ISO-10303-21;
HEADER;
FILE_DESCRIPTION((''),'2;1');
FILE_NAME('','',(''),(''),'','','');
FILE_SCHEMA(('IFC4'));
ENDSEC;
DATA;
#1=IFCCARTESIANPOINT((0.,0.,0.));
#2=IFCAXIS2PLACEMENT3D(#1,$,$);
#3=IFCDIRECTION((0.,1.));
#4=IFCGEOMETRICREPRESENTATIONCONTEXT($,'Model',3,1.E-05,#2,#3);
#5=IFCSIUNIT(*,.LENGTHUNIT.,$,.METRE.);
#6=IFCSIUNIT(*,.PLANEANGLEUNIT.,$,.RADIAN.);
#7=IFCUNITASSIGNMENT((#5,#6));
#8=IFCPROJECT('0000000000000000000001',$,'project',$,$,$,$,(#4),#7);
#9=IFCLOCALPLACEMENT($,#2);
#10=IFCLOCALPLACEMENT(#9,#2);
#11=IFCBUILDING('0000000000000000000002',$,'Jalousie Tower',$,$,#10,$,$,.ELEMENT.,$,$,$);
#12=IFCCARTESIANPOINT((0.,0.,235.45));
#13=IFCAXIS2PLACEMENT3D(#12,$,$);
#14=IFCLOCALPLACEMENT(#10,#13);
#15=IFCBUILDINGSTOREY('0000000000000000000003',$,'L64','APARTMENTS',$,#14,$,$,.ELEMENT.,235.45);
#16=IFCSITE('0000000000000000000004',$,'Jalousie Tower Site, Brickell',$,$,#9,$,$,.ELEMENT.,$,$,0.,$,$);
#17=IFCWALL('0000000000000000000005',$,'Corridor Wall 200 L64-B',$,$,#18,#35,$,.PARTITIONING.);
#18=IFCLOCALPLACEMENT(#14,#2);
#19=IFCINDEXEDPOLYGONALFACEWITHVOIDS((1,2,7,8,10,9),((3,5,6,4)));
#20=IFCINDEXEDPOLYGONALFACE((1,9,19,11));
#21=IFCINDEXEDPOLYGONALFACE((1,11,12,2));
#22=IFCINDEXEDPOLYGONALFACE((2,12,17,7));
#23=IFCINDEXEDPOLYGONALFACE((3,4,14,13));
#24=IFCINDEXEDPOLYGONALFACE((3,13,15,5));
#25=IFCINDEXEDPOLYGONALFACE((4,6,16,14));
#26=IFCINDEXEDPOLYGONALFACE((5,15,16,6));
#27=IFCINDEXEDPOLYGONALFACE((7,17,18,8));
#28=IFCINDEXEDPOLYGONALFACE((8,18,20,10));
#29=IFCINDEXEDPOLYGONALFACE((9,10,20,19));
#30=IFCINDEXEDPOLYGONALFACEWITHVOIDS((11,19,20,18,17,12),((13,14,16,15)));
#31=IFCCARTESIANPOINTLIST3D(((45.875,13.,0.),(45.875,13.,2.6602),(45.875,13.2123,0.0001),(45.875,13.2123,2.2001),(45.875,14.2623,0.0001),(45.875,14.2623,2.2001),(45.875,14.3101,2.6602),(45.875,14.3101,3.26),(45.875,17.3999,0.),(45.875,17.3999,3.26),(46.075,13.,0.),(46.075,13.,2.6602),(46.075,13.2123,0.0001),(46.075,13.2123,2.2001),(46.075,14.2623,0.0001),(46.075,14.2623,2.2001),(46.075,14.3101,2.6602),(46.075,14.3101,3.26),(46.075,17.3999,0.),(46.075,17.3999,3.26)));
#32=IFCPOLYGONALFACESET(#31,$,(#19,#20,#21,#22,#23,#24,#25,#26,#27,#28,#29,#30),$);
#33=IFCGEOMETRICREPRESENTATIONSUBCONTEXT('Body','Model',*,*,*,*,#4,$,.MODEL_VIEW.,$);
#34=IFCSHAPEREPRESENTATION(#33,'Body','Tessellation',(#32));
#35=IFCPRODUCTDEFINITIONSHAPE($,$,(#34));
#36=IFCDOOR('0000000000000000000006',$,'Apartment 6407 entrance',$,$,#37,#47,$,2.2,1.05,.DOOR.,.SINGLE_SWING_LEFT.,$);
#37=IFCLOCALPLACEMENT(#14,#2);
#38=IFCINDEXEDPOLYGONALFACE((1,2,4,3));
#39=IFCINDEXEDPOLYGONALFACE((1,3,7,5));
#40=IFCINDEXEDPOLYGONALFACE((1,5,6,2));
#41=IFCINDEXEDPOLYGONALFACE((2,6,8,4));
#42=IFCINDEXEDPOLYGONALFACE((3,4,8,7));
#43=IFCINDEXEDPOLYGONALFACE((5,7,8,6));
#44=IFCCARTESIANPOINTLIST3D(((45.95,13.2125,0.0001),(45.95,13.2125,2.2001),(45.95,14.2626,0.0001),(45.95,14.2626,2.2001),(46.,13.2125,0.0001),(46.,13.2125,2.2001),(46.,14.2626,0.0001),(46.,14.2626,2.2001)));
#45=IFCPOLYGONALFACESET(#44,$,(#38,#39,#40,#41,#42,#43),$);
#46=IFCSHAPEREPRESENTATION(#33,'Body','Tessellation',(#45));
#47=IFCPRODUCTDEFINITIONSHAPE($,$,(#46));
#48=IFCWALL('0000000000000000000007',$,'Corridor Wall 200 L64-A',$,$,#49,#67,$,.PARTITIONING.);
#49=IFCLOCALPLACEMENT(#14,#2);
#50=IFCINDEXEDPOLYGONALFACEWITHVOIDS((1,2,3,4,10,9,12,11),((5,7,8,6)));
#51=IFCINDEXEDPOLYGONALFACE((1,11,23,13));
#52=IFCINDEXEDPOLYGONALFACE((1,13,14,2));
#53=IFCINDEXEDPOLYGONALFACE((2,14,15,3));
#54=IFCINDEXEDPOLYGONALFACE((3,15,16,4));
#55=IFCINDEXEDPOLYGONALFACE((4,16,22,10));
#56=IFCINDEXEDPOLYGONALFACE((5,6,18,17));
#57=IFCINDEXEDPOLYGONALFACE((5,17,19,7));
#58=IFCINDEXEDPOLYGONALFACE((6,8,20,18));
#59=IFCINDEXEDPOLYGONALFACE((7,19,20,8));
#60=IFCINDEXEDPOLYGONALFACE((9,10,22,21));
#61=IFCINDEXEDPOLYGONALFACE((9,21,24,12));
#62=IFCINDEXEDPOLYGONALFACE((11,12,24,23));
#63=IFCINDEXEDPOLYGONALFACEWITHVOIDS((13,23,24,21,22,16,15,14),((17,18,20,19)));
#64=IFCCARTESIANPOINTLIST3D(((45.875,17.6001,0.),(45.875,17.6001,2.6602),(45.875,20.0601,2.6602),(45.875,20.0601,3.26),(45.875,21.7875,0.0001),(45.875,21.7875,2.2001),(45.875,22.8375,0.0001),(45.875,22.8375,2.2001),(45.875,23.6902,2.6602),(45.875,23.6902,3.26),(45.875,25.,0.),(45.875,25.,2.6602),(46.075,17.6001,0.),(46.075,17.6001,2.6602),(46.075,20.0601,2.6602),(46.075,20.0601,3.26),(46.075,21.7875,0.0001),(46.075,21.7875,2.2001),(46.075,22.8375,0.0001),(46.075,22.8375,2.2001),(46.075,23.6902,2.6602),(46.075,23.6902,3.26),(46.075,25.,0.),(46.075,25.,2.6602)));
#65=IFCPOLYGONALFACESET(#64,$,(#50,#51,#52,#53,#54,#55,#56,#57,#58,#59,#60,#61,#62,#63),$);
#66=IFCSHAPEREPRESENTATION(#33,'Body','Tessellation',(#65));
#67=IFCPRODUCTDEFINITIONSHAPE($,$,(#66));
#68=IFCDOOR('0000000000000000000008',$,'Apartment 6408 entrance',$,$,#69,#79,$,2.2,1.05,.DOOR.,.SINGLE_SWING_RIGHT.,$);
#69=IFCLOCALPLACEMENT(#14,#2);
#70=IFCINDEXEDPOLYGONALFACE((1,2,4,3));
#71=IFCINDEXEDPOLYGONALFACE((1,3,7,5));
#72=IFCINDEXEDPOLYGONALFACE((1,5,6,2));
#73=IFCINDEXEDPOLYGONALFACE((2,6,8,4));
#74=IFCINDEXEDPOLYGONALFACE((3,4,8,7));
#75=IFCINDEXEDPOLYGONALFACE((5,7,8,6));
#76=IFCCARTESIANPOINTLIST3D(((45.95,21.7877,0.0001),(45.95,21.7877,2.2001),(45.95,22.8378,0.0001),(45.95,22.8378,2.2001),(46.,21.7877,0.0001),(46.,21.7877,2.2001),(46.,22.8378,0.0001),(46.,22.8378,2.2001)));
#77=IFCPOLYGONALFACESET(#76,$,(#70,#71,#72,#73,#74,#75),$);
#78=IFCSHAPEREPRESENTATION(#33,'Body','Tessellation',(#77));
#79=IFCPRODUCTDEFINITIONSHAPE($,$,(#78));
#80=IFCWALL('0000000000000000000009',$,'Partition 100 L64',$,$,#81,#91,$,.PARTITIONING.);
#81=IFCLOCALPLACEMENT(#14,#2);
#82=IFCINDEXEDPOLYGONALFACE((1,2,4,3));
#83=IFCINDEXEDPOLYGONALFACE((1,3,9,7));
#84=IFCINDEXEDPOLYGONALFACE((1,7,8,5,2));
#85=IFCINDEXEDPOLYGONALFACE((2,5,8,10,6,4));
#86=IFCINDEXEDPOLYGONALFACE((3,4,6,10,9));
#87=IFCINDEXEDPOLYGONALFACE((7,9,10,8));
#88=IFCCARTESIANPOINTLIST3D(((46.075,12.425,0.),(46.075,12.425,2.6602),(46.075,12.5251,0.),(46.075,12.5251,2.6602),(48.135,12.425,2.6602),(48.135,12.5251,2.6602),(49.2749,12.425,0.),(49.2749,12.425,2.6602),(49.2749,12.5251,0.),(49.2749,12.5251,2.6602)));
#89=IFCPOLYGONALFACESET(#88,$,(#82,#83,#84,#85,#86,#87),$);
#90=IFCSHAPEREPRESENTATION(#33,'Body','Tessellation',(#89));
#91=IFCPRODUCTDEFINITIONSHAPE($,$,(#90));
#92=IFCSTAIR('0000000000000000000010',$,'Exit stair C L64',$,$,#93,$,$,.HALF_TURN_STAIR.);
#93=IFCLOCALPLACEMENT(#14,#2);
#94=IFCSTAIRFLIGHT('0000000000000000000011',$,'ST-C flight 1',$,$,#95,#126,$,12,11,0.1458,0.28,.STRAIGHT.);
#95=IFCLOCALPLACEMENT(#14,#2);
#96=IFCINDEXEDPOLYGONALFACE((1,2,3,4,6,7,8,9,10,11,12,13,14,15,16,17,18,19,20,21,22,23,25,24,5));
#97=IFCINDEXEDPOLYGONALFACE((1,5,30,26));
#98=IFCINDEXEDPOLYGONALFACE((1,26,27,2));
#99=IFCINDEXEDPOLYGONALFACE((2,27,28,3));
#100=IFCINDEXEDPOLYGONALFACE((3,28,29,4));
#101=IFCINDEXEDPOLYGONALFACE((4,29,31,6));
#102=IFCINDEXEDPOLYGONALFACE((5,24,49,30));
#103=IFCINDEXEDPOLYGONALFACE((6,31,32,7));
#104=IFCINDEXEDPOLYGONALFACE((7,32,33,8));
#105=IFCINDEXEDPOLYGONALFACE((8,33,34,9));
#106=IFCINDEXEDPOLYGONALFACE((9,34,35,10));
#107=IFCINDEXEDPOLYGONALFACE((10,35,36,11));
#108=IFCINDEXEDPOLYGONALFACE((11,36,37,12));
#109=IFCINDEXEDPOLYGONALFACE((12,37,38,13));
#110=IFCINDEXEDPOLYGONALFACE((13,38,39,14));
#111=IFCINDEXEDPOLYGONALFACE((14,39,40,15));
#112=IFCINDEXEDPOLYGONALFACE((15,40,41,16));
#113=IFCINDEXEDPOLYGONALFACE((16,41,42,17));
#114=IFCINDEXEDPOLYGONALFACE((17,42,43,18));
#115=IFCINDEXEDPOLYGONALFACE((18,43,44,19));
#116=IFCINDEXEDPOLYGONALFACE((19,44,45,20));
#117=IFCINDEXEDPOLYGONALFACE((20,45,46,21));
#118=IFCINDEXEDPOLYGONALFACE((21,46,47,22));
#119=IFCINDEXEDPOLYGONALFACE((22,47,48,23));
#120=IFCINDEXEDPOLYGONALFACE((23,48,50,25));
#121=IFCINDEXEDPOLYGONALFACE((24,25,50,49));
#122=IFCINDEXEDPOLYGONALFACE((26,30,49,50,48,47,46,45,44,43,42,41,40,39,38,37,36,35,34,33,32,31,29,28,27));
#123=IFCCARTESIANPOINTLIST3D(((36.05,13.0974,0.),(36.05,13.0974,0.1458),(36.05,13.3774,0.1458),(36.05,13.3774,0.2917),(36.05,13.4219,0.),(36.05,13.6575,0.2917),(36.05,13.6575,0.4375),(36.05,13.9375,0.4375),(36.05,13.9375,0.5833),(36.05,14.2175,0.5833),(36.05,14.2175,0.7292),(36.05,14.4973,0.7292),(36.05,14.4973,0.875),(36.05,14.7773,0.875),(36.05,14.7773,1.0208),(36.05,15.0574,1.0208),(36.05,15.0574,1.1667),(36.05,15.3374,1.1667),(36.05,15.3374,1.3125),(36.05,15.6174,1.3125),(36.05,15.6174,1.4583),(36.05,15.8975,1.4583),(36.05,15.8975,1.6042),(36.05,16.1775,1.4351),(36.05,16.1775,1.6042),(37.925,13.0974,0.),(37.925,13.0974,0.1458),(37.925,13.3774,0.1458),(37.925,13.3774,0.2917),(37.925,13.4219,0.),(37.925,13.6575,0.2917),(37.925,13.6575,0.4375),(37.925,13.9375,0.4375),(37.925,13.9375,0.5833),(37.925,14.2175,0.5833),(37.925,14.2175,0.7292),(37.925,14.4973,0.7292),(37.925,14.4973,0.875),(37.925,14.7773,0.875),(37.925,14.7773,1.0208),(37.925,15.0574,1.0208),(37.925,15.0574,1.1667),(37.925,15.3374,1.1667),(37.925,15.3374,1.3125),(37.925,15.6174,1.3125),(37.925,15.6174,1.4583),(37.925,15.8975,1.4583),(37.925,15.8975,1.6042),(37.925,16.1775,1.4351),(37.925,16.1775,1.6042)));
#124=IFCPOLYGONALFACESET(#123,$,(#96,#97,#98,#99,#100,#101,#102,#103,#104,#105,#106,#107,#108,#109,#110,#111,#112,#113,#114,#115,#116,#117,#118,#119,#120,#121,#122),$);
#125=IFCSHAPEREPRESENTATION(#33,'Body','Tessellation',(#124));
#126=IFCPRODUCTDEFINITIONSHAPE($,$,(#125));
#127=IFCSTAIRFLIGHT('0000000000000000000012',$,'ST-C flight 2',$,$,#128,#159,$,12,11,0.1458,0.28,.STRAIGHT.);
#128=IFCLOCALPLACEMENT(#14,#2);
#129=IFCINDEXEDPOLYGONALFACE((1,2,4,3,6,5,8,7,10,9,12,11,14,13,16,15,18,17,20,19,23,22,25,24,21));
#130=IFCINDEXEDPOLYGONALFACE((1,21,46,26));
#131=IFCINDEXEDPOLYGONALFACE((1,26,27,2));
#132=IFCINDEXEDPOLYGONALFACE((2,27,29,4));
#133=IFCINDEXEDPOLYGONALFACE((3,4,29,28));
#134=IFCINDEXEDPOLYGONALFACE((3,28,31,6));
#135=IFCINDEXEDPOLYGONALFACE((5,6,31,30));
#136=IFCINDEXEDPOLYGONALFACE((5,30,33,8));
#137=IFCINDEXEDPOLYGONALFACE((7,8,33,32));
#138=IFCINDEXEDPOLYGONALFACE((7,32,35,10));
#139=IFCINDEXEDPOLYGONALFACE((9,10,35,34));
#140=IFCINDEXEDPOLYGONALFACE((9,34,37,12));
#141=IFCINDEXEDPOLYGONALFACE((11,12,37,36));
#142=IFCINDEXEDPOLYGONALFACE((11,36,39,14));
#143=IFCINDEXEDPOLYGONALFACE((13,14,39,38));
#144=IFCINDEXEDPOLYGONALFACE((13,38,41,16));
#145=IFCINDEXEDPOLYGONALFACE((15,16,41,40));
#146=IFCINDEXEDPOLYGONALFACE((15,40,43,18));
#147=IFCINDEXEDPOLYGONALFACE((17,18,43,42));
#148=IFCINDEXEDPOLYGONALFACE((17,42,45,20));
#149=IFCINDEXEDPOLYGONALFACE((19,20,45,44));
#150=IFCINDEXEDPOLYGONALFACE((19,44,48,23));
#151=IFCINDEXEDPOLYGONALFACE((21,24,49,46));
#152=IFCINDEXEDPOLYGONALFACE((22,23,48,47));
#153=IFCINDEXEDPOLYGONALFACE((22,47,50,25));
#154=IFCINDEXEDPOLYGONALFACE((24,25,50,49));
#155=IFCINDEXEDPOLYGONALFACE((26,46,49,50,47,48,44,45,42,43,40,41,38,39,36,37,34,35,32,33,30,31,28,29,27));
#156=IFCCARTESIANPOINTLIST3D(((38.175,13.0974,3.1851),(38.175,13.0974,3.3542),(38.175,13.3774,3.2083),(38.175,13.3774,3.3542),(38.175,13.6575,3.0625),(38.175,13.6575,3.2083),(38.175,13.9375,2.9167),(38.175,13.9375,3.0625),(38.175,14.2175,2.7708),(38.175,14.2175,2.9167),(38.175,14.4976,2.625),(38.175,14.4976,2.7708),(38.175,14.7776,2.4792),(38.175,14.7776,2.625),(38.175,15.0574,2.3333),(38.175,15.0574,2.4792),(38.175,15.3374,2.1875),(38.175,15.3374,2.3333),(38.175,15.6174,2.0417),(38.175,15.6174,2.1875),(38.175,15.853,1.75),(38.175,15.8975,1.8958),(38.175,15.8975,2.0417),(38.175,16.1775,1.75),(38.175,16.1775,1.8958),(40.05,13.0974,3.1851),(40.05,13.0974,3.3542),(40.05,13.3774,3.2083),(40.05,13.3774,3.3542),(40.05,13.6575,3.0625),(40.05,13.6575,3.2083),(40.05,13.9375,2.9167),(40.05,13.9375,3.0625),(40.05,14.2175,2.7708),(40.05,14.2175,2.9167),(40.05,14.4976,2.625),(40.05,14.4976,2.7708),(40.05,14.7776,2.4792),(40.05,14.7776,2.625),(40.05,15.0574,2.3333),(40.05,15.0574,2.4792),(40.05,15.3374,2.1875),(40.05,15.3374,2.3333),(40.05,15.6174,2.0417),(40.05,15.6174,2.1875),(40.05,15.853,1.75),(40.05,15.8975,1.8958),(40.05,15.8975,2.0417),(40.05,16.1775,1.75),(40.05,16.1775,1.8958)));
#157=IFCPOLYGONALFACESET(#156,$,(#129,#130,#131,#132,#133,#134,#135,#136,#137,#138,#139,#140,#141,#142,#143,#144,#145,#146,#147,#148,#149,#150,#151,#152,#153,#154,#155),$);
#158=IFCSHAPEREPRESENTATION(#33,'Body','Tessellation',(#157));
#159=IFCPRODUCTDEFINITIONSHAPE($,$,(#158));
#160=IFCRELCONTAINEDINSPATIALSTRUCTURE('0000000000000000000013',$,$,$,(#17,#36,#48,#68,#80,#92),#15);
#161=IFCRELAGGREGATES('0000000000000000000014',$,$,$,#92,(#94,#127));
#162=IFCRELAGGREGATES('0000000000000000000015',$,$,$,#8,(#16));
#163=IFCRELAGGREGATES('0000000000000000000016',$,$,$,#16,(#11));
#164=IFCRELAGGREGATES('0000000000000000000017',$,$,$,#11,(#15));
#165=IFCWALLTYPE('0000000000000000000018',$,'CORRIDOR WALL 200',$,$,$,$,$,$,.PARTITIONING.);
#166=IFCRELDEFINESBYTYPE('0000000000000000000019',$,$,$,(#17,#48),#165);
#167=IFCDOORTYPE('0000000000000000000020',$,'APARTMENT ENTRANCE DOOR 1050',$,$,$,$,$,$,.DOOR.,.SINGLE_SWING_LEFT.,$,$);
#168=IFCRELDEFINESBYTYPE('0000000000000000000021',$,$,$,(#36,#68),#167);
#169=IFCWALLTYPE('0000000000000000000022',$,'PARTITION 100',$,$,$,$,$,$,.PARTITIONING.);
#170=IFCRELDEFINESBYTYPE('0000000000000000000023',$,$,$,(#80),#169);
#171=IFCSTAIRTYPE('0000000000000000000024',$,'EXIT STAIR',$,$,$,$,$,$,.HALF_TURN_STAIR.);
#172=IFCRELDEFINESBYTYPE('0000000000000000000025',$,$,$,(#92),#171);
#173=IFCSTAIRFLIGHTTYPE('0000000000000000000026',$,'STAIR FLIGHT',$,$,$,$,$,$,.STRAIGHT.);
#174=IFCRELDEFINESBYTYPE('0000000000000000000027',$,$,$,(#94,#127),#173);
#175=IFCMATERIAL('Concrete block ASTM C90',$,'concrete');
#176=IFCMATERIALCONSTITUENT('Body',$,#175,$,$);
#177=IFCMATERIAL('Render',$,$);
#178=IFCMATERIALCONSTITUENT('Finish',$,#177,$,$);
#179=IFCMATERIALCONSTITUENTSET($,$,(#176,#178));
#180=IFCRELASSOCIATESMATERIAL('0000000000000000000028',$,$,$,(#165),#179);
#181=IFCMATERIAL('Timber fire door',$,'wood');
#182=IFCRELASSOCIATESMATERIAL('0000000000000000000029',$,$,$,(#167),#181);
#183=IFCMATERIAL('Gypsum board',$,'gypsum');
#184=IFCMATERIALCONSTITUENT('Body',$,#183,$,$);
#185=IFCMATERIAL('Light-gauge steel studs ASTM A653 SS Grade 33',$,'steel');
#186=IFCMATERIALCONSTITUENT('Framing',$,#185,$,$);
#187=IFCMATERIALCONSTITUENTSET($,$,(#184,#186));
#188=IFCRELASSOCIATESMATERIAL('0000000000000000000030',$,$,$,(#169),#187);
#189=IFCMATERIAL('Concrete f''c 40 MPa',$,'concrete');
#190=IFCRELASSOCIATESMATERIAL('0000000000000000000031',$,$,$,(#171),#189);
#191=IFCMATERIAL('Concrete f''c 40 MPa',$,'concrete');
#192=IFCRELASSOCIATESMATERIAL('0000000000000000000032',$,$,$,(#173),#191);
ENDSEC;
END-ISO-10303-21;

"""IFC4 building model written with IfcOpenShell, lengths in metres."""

from ifc_helpers import new_model, si_unit, direction, frame, frame_2d, origin, place, context, subcontext, project, spatial, polyline, rectangle, outline, extrude, material, constituent, constituent_set, type_object, element, fill, aggregate, save


model = new_model("IFC4")

# Units and contexts
model_context = context("Model", 3, precision=1e-05, world=origin(), true_north=direction((0.0, 1.0)))
body_context = subcontext(model_context, "Body", "Model", "MODEL_VIEW")
ifc_project = project(units=[si_unit("LENGTHUNIT", "METRE"), si_unit("PLANEANGLEUNIT", "RADIAN")], contexts=[model_context])

# Site, building, storey
site_placement = place(None, origin())
site = spatial("IfcSite", under=ifc_project, at=site_placement, Name="Jalousie Tower Site, Brickell", CompositionType="ELEMENT", RefElevation=0.0)
building_placement = place(site_placement, origin())
building = spatial("IfcBuilding", under=site, at=building_placement, Name="Jalousie Tower", CompositionType="ELEMENT")
storey_placement = place(building_placement, frame((0.0, 0.0, 235.45)))
storey = spatial("IfcBuildingStorey", under=building, at=storey_placement, Name="L64", Description="APARTMENTS", CompositionType="ELEMENT", Elevation=235.45)

# Shared definitions
ifc_material_1 = material(Name="Concrete block ASTM C90", Category="concrete")
ifc_constituent_1 = constituent(ifc_material_1, Name="Body")
ifc_material_2 = material(Name="Render")
ifc_constituent_2 = constituent(ifc_material_2, Name="Finish")
ifc_constituent_set_1 = constituent_set(constituents=[ifc_constituent_1, ifc_constituent_2])
wall_type_1 = type_object("IfcWallType", Name="CORRIDOR WALL 200", PredefinedType="PARTITIONING", material=ifc_constituent_set_1)

# Shared definitions
ifc_material_3 = material(Name="Timber fire door", Category="wood")
door_type_1 = type_object("IfcDoorType", Name="APARTMENT ENTRANCE DOOR 1050", OperationType="SINGLE_SWING_LEFT", PredefinedType="DOOR", material=ifc_material_3)

# Walls, openings, doors
wall_1_placement = place(storey_placement, frame((45.9751, 13.0, 0.0), z_axis=(0.0, 0.0, 1.0), x_axis=(0.0, 1.0, 0.0)))
wall_1 = element("IfcWall", 1, at=wall_1_placement, inside=storey, type_object=wall_type_1, Name="Corridor Wall 200 L64-B", PredefinedType="PARTITIONING", context=body_context, shape_type="SweptSolid", body=[
    extrude(outline(polyline([(0.0, 0.0), (4.3999, 0.0), (4.3999, 3.26), (1.3101, 3.26), (1.3101, 2.6602), (0.0, 2.6602), (0.0, 0.0)])), frame((0.0, 0.1001, 0.0), z_axis=(0.0, -1.0, 0.0), x_axis=(1.0, 0.0, 0.0)), (0.0, 0.0, 1.0), 0.2),
])
opening_1_placement = place(wall_1_placement, frame((0.2124, 0.0, 0.0)))
opening_1 = element("IfcOpeningElement", 2, at=opening_1_placement, cuts=wall_1, PredefinedType="OPENING", context=body_context, shape_type="SweptSolid", body=[
    extrude(rectangle(XDim=1.05, YDim=2.2, at=frame_2d((0.5249, 1.1001))), frame((0.0, 0.1099, 0.0), z_axis=(0.0, -1.0, 0.0), x_axis=(1.0, 0.0, 0.0)), (0.0, 0.0, 1.0), 0.22),
])
door_1_placement = place(opening_1_placement, frame((1.05, 0.0, 0.0), z_axis=(0.0, 0.0, 1.0), x_axis=(-1.0, 0.0, 0.0)))
door_1 = element("IfcDoor", 3, at=door_1_placement, inside=storey, type_object=door_type_1, Name="Apartment 6407 entrance", OperationType="SINGLE_SWING_LEFT", OverallHeight=2.2, OverallWidth=1.05, PredefinedType="DOOR", context=body_context, shape_type="SweptSolid", body=[
    extrude(rectangle(XDim=1.05, YDim=2.2, at=frame_2d((0.5249, 1.1001))), frame((0.0, 0.0249, 0.0), z_axis=(0.0, -1.0, 0.0), x_axis=(1.0, 0.0, 0.0)), (0.0, 0.0, 1.0), 0.05),
])
fill(opening_1, door_1)
wall_2_placement = place(storey_placement, frame((45.9751, 17.6001, 0.0), z_axis=(0.0, 0.0, 1.0), x_axis=(0.0, 1.0, 0.0)))
wall_2 = element("IfcWall", 4, at=wall_2_placement, inside=storey, type_object=wall_type_1, Name="Corridor Wall 200 L64-A", PredefinedType="PARTITIONING", context=body_context, shape_type="SweptSolid", body=[
    extrude(outline(polyline([(0.0, 0.0), (7.3999, 0.0), (7.3999, 2.6602), (6.0901, 2.6602), (6.0901, 3.26), (2.46, 3.26), (2.46, 2.6602), (0.0, 2.6602), (0.0, 0.0)])), frame((0.0, 0.1001, 0.0), z_axis=(0.0, -1.0, 0.0), x_axis=(1.0, 0.0, 0.0)), (0.0, 0.0, 1.0), 0.2),
])
opening_2_placement = place(wall_2_placement, frame((4.1875, 0.0, 0.0)))
opening_2 = element("IfcOpeningElement", 5, at=opening_2_placement, cuts=wall_2, PredefinedType="OPENING", context=body_context, shape_type="SweptSolid", body=[
    extrude(rectangle(XDim=1.05, YDim=2.2, at=frame_2d((0.5249, 1.1001))), frame((0.0, 0.1099, 0.0), z_axis=(0.0, -1.0, 0.0), x_axis=(1.0, 0.0, 0.0)), (0.0, 0.0, 1.0), 0.22),
])
door_2_placement = place(opening_2_placement, frame((1.05, 0.0, 0.0), z_axis=(0.0, 0.0, 1.0), x_axis=(-1.0, 0.0, 0.0)))
door_2 = element("IfcDoor", 6, at=door_2_placement, inside=storey, type_object=door_type_1, Name="Apartment 6408 entrance", OperationType="SINGLE_SWING_RIGHT", OverallHeight=2.2, OverallWidth=1.05, PredefinedType="DOOR", context=body_context, shape_type="SweptSolid", body=[
    extrude(rectangle(XDim=1.05, YDim=2.2, at=frame_2d((0.5249, 1.1001))), frame((0.0, 0.0249, 0.0), z_axis=(0.0, -1.0, 0.0), x_axis=(1.0, 0.0, 0.0)), (0.0, 0.0, 1.0), 0.05),
])
fill(opening_2, door_2)

# Wall
ifc_material_4 = material(Name="Gypsum board", Category="gypsum")
ifc_constituent_3 = constituent(ifc_material_4, Name="Body")
ifc_material_5 = material(Name="Light-gauge steel studs ASTM A653 SS Grade 33", Category="steel")
ifc_constituent_4 = constituent(ifc_material_5, Name="Framing")
ifc_constituent_set_2 = constituent_set(constituents=[ifc_constituent_3, ifc_constituent_4])
wall_type_2 = type_object("IfcWallType", Name="PARTITION 100", PredefinedType="PARTITIONING", material=ifc_constituent_set_2)
wall_3_placement = place(storey_placement, frame((46.075, 12.4751, 0.0), z_axis=(0.0, 0.0, 1.0), x_axis=(1.0, 0.0, 0.0)))
element("IfcWall", 7, at=wall_3_placement, inside=storey, type_object=wall_type_2, Name="Partition 100 L64", PredefinedType="PARTITIONING", context=body_context, shape_type="SweptSolid", body=[
    extrude(outline(polyline([(0.0, 0.0), (3.2, 0.0), (3.2, 3.26), (3.2, 2.6602), (2.0601, 2.6602), (0.0, 2.6602), (0.0, 3.26), (0.0, 0.0)])), frame((0.0, 0.05, 0.0), z_axis=(0.0, -1.0, 0.0), x_axis=(1.0, 0.0, 0.0)), (0.0, 0.0, 1.0), 0.1001),
])

# Stair, stair flights
ifc_material_6 = material(Name="Concrete f'c 40 MPa", Category="concrete")
stair_type = type_object("IfcStairType", Name="EXIT STAIR", PredefinedType="HALF_TURN_STAIR", material=ifc_material_6)
stair_placement = place(storey_placement, origin())
stair = element("IfcStair", 8, at=stair_placement, inside=storey, type_object=stair_type, Name="Exit stair C L64", PredefinedType="HALF_TURN_STAIR")
ifc_material_7 = material(Name="Concrete f'c 40 MPa", Category="concrete")
stair_flight_type = type_object("IfcStairFlightType", Name="STAIR FLIGHT", PredefinedType="STRAIGHT", material=ifc_material_7)
stair_flight_1_placement = place(storey_placement, frame((36.9875, 13.0974, 0.0), z_axis=(0.0, 0.0, 1.0), x_axis=(0.0, 1.0, 0.0)))
stair_flight_1 = element("IfcStairFlight", 9, at=stair_flight_1_placement, type_object=stair_flight_type, Name="ST-C flight 1", NumberOfRisers=12, NumberOfTreads=11, PredefinedType="STRAIGHT", RiserHeight=0.1458, TreadLength=0.28, context=body_context, shape_type="SweptSolid", body=[
    extrude(outline(polyline([(0.0, 0.0), (0.0, 0.1458), (0.28, 0.1458), (0.28, 0.2917), (0.5601, 0.2917), (0.5601, 0.4375), (0.8401, 0.4375), (0.8401, 0.5833), (1.1201, 0.5833), (1.1201, 0.7292), (1.3999, 0.7292), (1.3999, 0.875), (1.6799, 0.875), (1.6799, 1.0208), (1.96, 1.0208), (1.96, 1.1667), (2.24, 1.1667), (2.24, 1.3125), (2.52, 1.3125), (2.52, 1.4583), (2.8, 1.4583), (2.8, 1.6042), (3.0801, 1.6042), (3.0801, 1.75), (3.0801, 1.4351), (0.3245, 0.0), (0.0, 0.0)])), frame((0.0, 0.9375, 0.0), z_axis=(0.0, -1.0, 0.0), x_axis=(1.0, 0.0, 0.0)), (0.0, 0.0, 1.0), 1.875),
])
stair_flight_2_placement = place(storey_placement, frame((39.1125, 16.1775, 1.75), z_axis=(0.0, 0.0, 1.0), x_axis=(0.0, -1.0, 0.0)))
stair_flight_2 = element("IfcStairFlight", 10, at=stair_flight_2_placement, type_object=stair_flight_type, Name="ST-C flight 2", NumberOfRisers=12, NumberOfTreads=11, PredefinedType="STRAIGHT", RiserHeight=0.1458, TreadLength=0.28, context=body_context, shape_type="SweptSolid", body=[
    extrude(outline(polyline([(0.0, 0.0), (0.0, 0.1458), (0.28, 0.1458), (0.28, 0.2917), (0.5601, 0.2917), (0.5601, 0.4375), (0.8401, 0.4375), (0.8401, 0.5833), (1.1201, 0.5833), (1.1201, 0.7292), (1.3999, 0.7292), (1.3999, 0.875), (1.6799, 0.875), (1.6799, 1.0208), (1.96, 1.0208), (1.96, 1.1667), (2.24, 1.1667), (2.24, 1.3125), (2.52, 1.3125), (2.52, 1.4583), (2.8, 1.4583), (2.8, 1.6042), (3.0801, 1.6042), (3.0801, 1.75), (3.0801, 1.4351), (0.3245, 0.0), (0.0, 0.0)])), frame((0.0, 0.9375, 0.0), z_axis=(0.0, -1.0, 0.0), x_axis=(1.0, 0.0, 0.0)), (0.0, 0.0, 1.0), 1.875),
])
aggregate(stair, [stair_flight_1, stair_flight_2])

save(model, "model.ifc")
